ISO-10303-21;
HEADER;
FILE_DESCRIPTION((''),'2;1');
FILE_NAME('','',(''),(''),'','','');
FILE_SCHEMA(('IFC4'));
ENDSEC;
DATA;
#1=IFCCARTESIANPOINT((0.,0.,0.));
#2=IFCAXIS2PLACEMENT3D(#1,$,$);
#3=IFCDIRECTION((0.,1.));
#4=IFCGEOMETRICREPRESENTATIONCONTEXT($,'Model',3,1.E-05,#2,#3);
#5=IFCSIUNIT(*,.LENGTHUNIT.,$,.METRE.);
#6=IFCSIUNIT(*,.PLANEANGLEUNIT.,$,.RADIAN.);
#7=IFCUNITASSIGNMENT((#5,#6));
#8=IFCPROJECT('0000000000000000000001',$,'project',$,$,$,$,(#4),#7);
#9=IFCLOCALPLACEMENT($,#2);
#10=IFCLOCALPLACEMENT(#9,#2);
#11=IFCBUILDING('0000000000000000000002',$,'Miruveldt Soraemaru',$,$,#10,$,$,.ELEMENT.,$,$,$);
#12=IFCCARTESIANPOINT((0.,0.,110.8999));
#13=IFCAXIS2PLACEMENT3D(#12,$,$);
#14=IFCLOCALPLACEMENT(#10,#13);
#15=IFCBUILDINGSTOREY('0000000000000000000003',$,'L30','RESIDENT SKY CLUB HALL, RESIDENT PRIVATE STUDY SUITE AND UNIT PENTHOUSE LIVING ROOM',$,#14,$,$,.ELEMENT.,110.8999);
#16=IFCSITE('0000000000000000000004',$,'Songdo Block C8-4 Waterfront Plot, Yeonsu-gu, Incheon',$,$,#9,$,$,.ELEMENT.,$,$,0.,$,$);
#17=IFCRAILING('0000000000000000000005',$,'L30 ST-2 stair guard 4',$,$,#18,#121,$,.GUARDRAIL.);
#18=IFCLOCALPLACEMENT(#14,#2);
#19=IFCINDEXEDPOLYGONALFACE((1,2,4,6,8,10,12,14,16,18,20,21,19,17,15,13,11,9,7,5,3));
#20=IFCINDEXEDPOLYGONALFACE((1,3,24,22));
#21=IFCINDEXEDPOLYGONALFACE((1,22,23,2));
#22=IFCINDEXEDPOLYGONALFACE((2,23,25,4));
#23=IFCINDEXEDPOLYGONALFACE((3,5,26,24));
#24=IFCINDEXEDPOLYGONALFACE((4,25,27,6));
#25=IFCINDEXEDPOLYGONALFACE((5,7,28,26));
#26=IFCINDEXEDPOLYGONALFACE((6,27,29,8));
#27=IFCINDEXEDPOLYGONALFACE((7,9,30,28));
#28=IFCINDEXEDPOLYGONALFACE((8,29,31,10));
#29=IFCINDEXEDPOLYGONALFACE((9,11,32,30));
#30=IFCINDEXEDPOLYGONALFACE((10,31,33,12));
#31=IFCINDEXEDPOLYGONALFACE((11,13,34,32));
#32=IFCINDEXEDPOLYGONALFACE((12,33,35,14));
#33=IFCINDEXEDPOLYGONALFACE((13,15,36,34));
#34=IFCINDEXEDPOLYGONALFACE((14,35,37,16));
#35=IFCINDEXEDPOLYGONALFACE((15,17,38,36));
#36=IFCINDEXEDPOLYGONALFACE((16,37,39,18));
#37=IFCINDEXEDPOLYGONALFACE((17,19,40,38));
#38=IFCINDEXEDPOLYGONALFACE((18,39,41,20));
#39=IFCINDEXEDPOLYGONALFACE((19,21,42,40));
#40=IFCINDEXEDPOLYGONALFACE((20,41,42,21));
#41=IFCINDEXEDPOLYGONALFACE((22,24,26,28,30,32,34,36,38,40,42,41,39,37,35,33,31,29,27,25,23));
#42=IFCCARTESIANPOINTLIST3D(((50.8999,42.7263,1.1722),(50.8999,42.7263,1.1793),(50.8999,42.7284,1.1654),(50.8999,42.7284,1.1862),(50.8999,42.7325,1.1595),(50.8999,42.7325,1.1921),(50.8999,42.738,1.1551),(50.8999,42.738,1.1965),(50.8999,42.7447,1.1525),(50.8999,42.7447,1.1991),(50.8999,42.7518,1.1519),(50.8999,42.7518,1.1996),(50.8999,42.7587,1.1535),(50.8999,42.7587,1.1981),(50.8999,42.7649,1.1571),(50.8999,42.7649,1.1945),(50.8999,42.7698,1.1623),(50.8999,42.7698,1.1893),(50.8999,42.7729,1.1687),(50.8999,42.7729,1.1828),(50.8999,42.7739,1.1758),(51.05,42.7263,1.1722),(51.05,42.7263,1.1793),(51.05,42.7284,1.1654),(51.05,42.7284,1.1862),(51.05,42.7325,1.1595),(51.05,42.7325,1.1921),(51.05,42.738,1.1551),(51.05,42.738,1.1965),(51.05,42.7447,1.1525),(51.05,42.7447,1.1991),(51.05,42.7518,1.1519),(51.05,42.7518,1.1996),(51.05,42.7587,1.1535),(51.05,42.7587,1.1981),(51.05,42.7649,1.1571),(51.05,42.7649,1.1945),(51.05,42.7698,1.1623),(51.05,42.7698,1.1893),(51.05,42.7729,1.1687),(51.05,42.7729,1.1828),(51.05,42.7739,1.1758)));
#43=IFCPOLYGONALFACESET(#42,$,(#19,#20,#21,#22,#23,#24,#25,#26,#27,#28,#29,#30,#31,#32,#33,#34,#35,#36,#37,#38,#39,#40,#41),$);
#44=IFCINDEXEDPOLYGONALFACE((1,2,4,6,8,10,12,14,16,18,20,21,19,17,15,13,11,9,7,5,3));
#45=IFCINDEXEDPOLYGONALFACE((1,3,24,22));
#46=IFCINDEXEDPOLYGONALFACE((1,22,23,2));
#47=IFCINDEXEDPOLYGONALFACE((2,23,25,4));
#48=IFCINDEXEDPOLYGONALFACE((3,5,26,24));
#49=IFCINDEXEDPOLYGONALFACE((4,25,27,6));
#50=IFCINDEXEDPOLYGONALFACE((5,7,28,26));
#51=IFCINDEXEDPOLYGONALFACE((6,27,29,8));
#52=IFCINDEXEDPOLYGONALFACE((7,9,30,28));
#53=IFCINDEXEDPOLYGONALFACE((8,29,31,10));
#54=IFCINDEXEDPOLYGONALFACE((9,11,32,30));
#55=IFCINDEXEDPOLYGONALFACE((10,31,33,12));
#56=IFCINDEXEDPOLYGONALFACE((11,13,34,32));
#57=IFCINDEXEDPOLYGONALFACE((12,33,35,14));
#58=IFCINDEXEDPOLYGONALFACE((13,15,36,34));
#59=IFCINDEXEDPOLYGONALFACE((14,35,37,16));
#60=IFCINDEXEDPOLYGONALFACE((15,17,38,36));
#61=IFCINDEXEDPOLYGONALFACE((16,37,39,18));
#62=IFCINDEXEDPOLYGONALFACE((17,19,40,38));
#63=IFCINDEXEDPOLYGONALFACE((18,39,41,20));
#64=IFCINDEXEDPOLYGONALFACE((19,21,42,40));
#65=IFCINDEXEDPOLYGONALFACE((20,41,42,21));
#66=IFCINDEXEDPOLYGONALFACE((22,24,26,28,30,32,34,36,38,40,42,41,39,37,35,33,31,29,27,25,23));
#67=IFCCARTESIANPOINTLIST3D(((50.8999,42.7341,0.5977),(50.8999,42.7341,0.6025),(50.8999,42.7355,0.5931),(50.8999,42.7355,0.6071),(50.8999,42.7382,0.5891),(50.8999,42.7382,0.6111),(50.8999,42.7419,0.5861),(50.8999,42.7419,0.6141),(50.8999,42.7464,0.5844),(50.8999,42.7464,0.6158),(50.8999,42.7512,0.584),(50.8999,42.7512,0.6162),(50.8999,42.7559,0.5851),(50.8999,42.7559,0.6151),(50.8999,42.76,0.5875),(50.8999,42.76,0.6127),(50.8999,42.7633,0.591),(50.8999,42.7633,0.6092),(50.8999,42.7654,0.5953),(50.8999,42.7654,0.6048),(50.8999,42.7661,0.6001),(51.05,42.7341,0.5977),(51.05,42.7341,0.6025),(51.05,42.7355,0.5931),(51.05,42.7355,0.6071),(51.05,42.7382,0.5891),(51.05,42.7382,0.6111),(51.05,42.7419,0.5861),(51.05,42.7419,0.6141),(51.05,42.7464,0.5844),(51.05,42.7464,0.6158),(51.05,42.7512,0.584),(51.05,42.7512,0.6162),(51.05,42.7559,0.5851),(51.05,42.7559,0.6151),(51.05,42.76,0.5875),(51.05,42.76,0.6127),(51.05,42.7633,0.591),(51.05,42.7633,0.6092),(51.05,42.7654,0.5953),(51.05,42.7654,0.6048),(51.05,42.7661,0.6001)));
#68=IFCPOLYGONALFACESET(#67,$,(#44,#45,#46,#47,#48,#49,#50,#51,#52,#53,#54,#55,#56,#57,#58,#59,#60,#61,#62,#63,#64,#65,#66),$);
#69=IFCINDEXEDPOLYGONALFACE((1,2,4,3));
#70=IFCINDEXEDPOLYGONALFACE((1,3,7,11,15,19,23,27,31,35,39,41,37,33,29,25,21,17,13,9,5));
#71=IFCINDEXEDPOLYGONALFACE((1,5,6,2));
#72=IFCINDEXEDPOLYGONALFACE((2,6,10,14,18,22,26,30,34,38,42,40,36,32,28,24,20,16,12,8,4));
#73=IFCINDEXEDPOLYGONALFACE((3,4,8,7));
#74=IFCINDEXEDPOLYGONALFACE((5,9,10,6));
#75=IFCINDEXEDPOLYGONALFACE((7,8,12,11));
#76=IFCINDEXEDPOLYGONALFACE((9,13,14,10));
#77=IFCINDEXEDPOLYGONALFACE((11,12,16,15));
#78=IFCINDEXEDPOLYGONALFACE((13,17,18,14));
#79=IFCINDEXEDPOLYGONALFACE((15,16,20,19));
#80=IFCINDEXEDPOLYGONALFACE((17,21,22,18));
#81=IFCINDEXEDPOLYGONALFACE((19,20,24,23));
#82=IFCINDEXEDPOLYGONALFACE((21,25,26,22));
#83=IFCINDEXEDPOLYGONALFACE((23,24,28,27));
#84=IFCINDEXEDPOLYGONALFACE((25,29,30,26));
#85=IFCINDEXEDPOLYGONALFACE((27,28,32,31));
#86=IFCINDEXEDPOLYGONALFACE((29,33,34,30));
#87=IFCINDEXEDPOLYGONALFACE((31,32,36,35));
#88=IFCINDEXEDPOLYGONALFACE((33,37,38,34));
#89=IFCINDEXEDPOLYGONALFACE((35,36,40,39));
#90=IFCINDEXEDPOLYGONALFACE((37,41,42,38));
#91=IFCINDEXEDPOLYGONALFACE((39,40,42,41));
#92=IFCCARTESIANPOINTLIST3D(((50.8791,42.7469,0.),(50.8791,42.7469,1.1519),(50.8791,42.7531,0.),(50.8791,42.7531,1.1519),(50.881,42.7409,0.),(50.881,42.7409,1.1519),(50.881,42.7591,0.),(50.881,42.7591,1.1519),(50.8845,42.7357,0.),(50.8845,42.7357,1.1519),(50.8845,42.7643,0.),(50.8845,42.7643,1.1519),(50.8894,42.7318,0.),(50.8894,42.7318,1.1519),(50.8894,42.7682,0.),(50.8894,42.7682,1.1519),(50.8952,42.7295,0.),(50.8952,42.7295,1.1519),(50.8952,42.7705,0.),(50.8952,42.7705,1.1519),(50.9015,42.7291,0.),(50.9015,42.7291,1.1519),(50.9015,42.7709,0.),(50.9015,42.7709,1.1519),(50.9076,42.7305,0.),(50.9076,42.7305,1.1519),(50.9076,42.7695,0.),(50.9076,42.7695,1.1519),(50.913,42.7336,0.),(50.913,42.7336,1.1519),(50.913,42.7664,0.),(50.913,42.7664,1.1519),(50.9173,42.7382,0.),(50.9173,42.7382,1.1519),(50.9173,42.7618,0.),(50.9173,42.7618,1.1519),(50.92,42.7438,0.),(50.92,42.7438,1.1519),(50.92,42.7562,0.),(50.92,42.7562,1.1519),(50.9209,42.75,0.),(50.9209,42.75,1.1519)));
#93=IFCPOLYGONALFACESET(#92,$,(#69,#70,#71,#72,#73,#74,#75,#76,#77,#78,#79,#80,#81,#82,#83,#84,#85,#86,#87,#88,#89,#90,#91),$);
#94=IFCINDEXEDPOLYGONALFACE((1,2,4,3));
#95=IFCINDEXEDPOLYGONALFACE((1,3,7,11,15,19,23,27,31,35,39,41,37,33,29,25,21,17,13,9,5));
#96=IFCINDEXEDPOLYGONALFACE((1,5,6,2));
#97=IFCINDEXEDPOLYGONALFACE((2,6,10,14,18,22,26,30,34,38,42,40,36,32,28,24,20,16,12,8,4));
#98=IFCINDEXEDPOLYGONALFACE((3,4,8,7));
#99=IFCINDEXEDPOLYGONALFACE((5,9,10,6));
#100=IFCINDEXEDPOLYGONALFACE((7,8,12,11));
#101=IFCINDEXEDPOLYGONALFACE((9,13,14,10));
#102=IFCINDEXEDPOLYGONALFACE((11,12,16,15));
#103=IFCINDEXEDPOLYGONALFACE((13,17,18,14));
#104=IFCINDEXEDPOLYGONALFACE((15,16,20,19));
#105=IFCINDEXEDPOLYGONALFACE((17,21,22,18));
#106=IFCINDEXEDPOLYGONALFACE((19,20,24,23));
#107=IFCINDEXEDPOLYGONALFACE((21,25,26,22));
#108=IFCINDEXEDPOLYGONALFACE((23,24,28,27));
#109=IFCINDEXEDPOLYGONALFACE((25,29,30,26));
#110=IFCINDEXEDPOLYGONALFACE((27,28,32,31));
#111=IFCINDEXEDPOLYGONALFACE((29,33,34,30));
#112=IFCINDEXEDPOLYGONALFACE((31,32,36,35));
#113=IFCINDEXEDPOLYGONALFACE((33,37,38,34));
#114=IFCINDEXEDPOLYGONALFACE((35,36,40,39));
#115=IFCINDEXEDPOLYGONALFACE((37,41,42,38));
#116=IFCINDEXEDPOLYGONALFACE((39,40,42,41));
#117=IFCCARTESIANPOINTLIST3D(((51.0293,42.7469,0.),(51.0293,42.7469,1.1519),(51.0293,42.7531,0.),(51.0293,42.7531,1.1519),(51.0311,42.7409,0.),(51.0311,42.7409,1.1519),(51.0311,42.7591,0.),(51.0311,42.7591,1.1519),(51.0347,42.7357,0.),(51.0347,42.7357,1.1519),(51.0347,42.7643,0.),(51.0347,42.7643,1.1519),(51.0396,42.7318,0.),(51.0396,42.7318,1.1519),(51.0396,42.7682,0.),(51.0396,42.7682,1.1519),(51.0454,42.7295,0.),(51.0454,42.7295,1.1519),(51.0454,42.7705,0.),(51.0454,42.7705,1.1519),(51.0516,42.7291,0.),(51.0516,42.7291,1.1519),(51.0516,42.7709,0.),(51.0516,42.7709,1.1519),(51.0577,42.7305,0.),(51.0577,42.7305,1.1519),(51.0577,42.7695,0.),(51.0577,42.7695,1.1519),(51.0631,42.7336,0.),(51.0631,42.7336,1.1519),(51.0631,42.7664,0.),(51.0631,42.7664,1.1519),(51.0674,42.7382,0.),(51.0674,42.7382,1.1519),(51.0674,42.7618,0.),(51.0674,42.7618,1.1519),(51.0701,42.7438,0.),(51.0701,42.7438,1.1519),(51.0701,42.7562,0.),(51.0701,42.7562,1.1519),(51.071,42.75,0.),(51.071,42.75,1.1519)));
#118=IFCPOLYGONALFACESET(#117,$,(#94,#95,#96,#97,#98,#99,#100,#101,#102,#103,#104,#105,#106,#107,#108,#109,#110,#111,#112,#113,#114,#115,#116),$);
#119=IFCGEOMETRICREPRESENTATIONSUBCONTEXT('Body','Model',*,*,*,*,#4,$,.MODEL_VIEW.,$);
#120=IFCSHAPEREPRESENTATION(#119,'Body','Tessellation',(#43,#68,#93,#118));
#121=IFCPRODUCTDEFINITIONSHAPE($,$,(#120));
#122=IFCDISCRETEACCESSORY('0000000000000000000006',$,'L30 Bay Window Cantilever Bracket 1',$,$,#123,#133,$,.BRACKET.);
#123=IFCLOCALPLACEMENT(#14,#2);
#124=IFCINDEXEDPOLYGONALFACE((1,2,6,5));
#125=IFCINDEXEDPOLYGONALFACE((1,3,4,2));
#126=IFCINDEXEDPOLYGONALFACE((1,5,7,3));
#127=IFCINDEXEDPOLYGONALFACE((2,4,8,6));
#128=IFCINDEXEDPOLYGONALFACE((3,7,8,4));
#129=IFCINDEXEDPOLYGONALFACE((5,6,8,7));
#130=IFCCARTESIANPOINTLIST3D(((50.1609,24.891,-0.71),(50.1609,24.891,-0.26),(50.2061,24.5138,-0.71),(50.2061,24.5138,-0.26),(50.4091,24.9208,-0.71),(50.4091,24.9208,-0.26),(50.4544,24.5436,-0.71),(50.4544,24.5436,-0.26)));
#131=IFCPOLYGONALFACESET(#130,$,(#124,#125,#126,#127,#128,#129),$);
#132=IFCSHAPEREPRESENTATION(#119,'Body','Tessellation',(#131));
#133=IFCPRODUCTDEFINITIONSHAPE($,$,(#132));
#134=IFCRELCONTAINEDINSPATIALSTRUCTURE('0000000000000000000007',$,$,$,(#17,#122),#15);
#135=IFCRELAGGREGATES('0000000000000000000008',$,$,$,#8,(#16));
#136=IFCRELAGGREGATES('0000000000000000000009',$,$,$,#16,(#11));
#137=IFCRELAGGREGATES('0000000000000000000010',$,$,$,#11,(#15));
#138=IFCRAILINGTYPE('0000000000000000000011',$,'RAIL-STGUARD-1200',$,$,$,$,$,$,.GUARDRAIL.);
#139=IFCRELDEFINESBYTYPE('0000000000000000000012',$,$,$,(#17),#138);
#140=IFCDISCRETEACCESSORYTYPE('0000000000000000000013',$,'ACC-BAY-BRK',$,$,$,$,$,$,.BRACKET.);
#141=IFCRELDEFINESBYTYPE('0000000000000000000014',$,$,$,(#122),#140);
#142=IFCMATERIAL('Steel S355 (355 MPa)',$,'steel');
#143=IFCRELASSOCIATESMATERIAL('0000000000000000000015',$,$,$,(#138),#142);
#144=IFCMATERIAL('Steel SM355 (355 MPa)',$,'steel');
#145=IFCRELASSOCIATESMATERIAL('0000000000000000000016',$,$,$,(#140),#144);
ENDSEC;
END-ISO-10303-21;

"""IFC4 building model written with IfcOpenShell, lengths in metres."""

from ifc_helpers import new_model, si_unit, direction, frame, origin, origin_2d, place, context, subcontext, project, spatial, rectangle, circle, extrude, material, type_object, element, save


model = new_model("IFC4")

# Units and contexts
model_context = context("Model", 3, precision=1e-05, world=origin(), true_north=direction((0.0, 1.0)))
body_context = subcontext(model_context, "Body", "Model", "MODEL_VIEW")
ifc_project = project(units=[si_unit("LENGTHUNIT", "METRE"), si_unit("PLANEANGLEUNIT", "RADIAN")], contexts=[model_context])

# Site, building, storey
site_placement = place(None, origin())
site = spatial("IfcSite", under=ifc_project, at=site_placement, Name="Songdo Block C8-4 Waterfront Plot, Yeonsu-gu, Incheon", CompositionType="ELEMENT", RefElevation=0.0)
building_placement = place(site_placement, origin())
building = spatial("IfcBuilding", under=site, at=building_placement, Name="Miruveldt Soraemaru", CompositionType="ELEMENT")
storey_placement = place(building_placement, frame((0.0, 0.0, 110.8999)))
storey = spatial("IfcBuildingStorey", under=building, at=storey_placement, Name="L30", Description="RESIDENT SKY CLUB HALL, RESIDENT PRIVATE STUDY SUITE AND UNIT PENTHOUSE LIVING ROOM", CompositionType="ELEMENT", Elevation=110.8999)

# Shared definitions
ifc_material_1 = material(Name="Steel SM355 (355 MPa)", Category="steel")

# Railing
ifc_material_2 = material(Name="Steel S355 (355 MPa)", Category="steel")
railing_type_1 = type_object("IfcRailingType", Name="RAIL-STGUARD-1200", PredefinedType="GUARDRAIL", material=ifc_material_2)
railing_1_placement = place(storey_placement, frame((50.8999, 42.75, 0.0)))
element("IfcRailing", 1, at=railing_1_placement, inside=storey, type_object=railing_type_1, Name="L30 ST-2 stair guard 4", PredefinedType="GUARDRAIL", context=body_context, shape_type="SweptSolid", body=[
    extrude(circle(Radius=0.0239, at=origin_2d()), frame((0.0, 0.0, 1.1758), z_axis=(1.0, 0.0, 0.0), x_axis=(0.0, 1.0, 0.0)), (0.0, 0.0, 1.0), 0.1501),
    extrude(circle(Radius=0.0161, at=origin_2d()), frame((0.0, 0.0, 0.6001), z_axis=(1.0, 0.0, 0.0), x_axis=(0.0, 1.0, 0.0)), (0.0, 0.0, 1.0), 0.1501),
    extrude(circle(Radius=0.021, at=origin_2d()), origin(), (0.0, 0.0, 1.0), 1.1519),
    extrude(circle(Radius=0.021, at=origin_2d()), frame((0.1501, 0.0, 0.0)), (0.0, 0.0, 1.0), 1.1519),
])

# Discrete accessory
discrete_accessory_type = type_object("IfcDiscreteAccessoryType", Name="ACC-BAY-BRK", PredefinedType="BRACKET", material=ifc_material_1)
discrete_accessory_placement = place(storey_placement, frame((50.3076, 24.7173, -0.71), z_axis=(0.0, 0.0, 1.0), x_axis=(0.119149, -0.992876, 0.0)))
element("IfcDiscreteAccessory", 2, at=discrete_accessory_placement, inside=storey, type_object=discrete_accessory_type, Name="L30 Bay Window Cantilever Bracket 1", PredefinedType="BRACKET", context=body_context, shape_type="SweptSolid", body=[
    extrude(rectangle(XDim=0.3799, YDim=0.25, at=origin_2d()), origin(), (0.0, 0.0, 1.0), 0.45),
])

save(model, "model.ifc")
